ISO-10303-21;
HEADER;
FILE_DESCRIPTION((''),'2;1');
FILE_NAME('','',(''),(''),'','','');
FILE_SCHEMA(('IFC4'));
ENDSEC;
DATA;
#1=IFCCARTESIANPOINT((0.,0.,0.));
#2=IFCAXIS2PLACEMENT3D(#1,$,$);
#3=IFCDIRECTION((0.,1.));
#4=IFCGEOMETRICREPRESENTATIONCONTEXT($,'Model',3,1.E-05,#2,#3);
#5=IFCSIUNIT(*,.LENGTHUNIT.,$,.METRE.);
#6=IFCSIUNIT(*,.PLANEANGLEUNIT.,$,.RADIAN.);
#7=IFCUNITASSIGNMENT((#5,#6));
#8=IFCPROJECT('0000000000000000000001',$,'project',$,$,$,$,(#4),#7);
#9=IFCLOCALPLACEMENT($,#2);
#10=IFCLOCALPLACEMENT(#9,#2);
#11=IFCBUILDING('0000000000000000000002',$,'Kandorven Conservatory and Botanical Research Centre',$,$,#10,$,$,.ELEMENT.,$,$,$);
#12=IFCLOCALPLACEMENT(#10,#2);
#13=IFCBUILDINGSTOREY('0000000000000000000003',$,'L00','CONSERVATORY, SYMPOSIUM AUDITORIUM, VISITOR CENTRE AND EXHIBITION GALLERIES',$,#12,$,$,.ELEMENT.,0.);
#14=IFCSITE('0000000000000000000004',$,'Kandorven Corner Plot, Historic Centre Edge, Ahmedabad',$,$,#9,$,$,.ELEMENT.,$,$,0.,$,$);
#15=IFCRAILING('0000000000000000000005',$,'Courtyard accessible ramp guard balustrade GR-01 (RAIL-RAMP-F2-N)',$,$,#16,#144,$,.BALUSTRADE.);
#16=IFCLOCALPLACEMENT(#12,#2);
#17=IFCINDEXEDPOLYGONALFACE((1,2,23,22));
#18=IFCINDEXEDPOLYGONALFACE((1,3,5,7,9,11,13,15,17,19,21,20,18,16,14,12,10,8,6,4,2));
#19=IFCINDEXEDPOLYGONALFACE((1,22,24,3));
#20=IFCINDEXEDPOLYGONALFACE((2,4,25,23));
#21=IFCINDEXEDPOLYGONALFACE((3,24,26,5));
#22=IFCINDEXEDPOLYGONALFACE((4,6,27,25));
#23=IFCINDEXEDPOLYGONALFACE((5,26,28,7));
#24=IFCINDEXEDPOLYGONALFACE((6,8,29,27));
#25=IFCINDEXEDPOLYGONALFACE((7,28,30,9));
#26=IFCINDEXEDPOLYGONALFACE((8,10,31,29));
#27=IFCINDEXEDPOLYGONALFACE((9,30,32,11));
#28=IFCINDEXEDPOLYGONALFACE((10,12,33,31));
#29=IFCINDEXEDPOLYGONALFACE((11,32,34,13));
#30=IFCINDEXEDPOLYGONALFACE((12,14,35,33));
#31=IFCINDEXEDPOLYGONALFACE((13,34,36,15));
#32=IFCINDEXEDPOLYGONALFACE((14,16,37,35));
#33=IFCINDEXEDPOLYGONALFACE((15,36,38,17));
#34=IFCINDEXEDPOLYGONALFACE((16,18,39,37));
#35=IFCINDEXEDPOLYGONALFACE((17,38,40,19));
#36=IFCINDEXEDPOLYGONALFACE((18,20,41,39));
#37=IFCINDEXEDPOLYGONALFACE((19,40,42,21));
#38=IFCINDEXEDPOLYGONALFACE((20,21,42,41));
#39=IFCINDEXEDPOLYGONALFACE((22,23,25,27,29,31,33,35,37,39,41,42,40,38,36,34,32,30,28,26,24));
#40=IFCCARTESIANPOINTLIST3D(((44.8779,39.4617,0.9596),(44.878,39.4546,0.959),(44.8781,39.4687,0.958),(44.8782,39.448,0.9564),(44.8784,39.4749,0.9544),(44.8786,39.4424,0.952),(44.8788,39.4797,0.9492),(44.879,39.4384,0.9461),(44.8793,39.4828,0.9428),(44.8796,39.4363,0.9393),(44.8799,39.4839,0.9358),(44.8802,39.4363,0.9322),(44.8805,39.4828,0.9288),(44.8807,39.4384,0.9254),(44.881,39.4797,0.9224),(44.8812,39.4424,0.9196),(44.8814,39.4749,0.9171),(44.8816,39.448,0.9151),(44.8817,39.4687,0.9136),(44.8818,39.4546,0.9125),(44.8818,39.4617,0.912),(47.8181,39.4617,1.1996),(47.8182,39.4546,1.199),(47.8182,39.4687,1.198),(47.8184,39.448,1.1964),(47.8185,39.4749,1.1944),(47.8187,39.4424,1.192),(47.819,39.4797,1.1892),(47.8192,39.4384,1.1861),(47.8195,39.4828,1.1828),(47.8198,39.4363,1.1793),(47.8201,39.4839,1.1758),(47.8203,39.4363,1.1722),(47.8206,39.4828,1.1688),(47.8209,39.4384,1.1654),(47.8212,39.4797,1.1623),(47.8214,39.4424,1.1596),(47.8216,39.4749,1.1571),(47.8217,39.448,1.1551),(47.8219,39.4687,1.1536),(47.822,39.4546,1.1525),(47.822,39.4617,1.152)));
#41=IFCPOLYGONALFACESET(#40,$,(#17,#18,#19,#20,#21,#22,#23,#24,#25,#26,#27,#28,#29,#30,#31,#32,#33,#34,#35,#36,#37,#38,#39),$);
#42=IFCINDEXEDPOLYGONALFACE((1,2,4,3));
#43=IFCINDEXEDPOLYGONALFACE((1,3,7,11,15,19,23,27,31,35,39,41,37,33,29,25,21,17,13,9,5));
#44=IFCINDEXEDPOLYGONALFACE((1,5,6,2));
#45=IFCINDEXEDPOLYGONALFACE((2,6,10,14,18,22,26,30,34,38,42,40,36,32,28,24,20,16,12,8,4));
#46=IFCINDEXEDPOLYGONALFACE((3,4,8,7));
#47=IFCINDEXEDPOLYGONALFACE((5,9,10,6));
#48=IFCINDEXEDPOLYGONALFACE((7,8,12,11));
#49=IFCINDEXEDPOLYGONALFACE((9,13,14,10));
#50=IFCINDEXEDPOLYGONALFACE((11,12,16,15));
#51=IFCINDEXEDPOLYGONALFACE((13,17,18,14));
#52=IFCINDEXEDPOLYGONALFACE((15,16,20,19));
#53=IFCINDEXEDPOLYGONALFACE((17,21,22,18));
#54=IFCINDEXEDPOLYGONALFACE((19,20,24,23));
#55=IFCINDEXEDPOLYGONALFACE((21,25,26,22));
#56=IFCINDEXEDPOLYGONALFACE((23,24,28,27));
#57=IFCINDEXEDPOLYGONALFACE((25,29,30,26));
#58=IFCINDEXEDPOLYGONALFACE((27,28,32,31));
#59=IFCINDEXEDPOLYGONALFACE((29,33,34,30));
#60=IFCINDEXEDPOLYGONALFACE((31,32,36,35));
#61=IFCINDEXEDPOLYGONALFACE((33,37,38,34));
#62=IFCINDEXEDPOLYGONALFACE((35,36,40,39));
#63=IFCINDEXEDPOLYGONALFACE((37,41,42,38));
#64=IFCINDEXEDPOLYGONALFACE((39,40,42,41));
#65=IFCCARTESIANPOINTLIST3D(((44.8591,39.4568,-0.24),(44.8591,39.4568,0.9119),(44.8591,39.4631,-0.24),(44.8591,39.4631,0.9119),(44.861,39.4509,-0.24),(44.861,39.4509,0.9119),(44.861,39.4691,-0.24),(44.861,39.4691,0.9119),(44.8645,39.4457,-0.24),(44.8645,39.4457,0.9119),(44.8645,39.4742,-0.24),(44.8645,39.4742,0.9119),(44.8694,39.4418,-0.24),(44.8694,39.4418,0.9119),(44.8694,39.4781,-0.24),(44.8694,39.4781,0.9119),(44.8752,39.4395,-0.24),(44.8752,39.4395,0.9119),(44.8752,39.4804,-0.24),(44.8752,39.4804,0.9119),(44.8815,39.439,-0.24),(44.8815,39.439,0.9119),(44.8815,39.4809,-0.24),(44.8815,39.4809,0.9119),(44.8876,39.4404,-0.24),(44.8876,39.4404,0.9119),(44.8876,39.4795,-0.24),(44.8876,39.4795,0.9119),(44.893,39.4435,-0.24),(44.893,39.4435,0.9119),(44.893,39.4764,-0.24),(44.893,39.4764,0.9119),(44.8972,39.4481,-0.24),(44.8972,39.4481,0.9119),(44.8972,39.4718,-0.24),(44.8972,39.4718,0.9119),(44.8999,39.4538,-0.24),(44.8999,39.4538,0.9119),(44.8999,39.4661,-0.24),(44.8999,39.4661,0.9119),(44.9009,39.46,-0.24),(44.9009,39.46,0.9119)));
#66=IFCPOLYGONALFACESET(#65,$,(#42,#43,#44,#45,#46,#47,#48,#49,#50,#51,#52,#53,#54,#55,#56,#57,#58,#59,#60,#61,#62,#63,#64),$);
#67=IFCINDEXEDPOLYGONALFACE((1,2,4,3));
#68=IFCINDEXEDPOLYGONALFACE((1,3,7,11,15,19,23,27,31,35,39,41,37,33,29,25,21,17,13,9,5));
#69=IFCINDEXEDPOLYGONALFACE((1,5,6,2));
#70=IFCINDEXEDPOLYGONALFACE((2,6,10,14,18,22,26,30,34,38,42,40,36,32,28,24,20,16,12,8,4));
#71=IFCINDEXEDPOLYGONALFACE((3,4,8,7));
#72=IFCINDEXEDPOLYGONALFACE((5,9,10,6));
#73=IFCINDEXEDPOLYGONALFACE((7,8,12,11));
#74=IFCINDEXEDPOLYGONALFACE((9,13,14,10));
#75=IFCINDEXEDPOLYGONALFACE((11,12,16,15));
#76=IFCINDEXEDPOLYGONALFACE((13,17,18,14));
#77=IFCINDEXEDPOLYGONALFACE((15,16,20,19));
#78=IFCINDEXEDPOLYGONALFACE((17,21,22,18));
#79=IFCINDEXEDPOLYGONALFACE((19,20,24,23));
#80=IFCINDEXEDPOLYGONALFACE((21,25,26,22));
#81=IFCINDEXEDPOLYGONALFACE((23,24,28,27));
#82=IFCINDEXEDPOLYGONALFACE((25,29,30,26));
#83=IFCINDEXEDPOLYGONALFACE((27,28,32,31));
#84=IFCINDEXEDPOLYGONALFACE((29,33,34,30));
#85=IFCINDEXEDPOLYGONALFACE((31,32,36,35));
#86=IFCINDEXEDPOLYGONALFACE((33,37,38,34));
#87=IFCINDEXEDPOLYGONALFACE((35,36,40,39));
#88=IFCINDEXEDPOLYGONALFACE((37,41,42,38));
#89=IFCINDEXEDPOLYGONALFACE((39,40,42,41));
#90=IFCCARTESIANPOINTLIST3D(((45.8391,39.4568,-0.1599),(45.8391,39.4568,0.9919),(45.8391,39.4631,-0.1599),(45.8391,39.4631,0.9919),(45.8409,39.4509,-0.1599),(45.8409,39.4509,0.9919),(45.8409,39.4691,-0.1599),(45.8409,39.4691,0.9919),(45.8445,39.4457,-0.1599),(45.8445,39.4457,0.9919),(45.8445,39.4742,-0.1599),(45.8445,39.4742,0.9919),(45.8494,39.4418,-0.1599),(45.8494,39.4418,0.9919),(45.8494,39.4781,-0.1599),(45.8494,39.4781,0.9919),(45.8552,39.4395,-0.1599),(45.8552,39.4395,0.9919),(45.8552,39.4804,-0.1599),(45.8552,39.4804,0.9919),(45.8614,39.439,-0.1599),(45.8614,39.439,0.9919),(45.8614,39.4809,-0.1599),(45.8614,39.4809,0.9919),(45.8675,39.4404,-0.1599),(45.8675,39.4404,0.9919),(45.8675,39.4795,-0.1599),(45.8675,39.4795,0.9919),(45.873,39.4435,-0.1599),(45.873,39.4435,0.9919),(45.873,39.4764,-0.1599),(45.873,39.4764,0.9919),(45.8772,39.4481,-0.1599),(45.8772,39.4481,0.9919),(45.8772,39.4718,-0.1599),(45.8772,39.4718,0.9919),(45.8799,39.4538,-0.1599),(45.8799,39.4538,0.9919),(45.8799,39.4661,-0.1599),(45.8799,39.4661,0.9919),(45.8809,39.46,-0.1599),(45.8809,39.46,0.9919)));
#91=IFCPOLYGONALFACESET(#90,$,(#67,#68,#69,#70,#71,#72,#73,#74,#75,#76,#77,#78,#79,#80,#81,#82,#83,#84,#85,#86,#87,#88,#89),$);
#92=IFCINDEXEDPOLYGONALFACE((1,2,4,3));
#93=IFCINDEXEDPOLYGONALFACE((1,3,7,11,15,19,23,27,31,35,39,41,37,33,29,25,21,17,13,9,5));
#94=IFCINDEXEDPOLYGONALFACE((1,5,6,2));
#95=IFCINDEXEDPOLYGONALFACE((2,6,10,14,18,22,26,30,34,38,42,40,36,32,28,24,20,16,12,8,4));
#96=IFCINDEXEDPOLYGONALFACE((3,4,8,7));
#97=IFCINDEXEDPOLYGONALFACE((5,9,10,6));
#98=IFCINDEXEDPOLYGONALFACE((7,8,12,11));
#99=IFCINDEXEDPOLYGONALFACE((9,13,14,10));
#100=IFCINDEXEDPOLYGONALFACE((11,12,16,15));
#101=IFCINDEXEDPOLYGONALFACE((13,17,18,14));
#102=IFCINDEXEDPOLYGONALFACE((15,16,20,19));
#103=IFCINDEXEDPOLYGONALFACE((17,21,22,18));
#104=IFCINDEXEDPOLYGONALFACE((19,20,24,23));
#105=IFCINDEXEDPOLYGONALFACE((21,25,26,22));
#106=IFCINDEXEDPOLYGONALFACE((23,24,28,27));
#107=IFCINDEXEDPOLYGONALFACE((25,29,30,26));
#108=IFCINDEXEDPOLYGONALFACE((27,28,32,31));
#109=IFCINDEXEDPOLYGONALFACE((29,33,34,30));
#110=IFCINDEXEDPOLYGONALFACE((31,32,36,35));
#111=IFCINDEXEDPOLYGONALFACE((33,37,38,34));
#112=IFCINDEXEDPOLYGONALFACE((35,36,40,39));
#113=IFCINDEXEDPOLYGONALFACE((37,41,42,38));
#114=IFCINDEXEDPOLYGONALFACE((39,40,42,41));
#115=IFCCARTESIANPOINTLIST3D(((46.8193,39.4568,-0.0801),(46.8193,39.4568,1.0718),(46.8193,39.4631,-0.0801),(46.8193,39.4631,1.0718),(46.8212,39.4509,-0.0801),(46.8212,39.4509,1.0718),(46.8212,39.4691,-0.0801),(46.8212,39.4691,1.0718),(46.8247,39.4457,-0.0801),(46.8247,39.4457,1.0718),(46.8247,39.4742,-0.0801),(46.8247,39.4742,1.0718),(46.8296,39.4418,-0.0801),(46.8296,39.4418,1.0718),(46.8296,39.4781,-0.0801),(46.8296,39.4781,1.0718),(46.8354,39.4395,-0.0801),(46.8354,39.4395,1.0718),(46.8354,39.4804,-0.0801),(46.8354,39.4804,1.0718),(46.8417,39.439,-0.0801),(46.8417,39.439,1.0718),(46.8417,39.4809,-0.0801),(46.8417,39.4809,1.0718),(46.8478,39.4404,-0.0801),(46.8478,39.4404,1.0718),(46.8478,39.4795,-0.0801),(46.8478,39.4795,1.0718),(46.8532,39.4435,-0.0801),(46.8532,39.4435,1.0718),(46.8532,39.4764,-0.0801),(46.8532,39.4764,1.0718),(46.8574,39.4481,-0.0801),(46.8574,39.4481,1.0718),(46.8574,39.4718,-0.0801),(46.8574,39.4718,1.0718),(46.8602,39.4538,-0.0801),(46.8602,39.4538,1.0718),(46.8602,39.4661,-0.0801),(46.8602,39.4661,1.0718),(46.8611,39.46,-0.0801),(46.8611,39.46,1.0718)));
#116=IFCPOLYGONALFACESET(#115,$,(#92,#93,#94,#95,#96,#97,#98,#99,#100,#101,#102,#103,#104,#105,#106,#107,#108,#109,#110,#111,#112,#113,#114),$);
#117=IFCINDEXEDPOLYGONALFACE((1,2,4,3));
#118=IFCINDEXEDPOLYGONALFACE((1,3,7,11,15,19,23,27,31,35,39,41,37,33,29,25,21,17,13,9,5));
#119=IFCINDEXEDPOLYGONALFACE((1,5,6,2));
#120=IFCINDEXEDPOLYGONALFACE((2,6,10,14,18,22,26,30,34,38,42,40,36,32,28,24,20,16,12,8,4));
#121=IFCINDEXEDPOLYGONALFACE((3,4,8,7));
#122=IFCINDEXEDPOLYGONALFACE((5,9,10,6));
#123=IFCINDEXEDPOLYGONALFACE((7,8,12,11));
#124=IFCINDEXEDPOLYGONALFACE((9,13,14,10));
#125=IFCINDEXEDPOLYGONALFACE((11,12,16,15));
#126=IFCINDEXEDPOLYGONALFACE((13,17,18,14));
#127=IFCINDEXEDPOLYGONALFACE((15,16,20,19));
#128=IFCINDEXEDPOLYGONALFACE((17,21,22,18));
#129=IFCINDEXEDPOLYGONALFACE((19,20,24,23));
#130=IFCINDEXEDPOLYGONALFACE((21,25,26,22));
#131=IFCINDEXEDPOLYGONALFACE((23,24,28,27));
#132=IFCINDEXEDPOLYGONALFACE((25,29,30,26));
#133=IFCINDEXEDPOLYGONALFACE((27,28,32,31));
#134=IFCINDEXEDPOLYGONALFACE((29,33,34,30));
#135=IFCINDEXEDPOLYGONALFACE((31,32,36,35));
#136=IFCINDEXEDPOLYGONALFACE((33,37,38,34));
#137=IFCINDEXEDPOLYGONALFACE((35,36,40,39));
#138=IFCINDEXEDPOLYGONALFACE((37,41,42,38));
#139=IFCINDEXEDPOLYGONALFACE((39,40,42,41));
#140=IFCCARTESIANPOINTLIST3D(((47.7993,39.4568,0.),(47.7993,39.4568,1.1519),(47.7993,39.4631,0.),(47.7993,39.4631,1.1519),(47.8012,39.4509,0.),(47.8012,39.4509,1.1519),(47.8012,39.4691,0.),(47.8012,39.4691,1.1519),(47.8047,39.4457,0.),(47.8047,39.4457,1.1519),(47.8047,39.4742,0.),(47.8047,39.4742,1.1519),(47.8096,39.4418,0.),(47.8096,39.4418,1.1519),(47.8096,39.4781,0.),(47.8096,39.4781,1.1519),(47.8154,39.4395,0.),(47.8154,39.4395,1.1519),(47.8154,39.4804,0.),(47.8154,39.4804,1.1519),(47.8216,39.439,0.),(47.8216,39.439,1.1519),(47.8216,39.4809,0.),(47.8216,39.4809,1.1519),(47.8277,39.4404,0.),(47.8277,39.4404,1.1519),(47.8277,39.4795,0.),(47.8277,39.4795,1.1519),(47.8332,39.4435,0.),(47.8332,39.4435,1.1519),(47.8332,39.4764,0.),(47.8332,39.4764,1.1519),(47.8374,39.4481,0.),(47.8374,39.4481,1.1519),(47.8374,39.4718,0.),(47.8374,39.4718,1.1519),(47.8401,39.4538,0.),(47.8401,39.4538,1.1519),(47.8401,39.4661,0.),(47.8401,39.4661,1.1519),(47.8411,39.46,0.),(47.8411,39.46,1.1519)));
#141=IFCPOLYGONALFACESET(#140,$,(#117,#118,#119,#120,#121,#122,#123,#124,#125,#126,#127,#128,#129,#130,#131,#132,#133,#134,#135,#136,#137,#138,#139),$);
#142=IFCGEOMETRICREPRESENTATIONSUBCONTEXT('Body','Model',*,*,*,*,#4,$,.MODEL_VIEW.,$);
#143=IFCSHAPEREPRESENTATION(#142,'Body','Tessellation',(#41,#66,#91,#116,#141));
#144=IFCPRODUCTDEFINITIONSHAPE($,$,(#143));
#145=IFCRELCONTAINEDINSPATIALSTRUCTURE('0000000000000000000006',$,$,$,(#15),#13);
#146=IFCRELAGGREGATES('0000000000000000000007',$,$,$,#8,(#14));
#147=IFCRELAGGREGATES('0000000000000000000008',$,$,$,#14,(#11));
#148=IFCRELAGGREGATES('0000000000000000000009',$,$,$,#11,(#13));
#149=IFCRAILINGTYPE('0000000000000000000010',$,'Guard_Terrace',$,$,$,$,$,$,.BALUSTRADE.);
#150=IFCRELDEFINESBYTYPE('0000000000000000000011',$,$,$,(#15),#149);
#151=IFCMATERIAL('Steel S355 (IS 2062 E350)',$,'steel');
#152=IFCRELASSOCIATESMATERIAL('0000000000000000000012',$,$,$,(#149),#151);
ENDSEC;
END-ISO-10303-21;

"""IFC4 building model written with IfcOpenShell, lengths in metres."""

from ifc_helpers import new_model, si_unit, direction, frame, origin, origin_2d, place, context, subcontext, project, spatial, circle, extrude, material, type_object, element, save


model = new_model("IFC4")

# Units and contexts
model_context = context("Model", 3, precision=1e-05, world=origin(), true_north=direction((0.0, 1.0)))
body_context = subcontext(model_context, "Body", "Model", "MODEL_VIEW")
ifc_project = project(units=[si_unit("LENGTHUNIT", "METRE"), si_unit("PLANEANGLEUNIT", "RADIAN")], contexts=[model_context])

# Site, building, storey
site_placement = place(None, origin())
site = spatial("IfcSite", under=ifc_project, at=site_placement, Name="Kandorven Corner Plot, Historic Centre Edge, Ahmedabad", CompositionType="ELEMENT", RefElevation=0.0)
building_placement = place(site_placement, origin())
building = spatial("IfcBuilding", under=site, at=building_placement, Name="Kandorven Conservatory and Botanical Research Centre", CompositionType="ELEMENT")
storey_placement = place(building_placement, origin())
storey = spatial("IfcBuildingStorey", under=building, at=storey_placement, Name="L00", Description="CONSERVATORY, SYMPOSIUM AUDITORIUM, VISITOR CENTRE AND EXHIBITION GALLERIES", CompositionType="ELEMENT", Elevation=0.0)

# Railing
ifc_material_1 = material(Name="Steel S355 (IS 2062 E350)", Category="steel")
railing_type_1 = type_object("IfcRailingType", Name="Guard_Terrace", PredefinedType="BALUSTRADE", material=ifc_material_1)
for number, where, name in (
    (1, (44.8799, 39.46, -0.24), "Courtyard accessible ramp guard balustrade GR-01 (RAIL-RAMP-F2-N)"),
):
    element("IfcRailing", number, at=place(storey_placement, frame(where)), inside=storey, type_object=railing_type_1, Name=name, PredefinedType="BALUSTRADE", context=body_context, shape_type="SweptSolid", body=[
        extrude(circle(Radius=0.0239, at=origin_2d()), frame((0.0, 0.0, 1.1758), z_axis=(0.996685, 0.0, 0.081354), x_axis=(0.0, 1.0, 0.0)), (0.0, 0.0, 1.0), 2.95),
        extrude(circle(Radius=0.021, at=origin_2d()), origin(), (0.0, 0.0, 1.0), 1.1519),
        extrude(circle(Radius=0.021, at=origin_2d()), frame((0.98, 0.0, 0.0801)), (0.0, 0.0, 1.0), 1.1519),
        extrude(circle(Radius=0.021, at=origin_2d()), frame((1.9602, 0.0, 0.1599)), (0.0, 0.0, 1.0), 1.1519),
        extrude(circle(Radius=0.021, at=origin_2d()), frame((2.9402, 0.0, 0.24)), (0.0, 0.0, 1.0), 1.1519),
    ])

save(model, "model.ifc")
